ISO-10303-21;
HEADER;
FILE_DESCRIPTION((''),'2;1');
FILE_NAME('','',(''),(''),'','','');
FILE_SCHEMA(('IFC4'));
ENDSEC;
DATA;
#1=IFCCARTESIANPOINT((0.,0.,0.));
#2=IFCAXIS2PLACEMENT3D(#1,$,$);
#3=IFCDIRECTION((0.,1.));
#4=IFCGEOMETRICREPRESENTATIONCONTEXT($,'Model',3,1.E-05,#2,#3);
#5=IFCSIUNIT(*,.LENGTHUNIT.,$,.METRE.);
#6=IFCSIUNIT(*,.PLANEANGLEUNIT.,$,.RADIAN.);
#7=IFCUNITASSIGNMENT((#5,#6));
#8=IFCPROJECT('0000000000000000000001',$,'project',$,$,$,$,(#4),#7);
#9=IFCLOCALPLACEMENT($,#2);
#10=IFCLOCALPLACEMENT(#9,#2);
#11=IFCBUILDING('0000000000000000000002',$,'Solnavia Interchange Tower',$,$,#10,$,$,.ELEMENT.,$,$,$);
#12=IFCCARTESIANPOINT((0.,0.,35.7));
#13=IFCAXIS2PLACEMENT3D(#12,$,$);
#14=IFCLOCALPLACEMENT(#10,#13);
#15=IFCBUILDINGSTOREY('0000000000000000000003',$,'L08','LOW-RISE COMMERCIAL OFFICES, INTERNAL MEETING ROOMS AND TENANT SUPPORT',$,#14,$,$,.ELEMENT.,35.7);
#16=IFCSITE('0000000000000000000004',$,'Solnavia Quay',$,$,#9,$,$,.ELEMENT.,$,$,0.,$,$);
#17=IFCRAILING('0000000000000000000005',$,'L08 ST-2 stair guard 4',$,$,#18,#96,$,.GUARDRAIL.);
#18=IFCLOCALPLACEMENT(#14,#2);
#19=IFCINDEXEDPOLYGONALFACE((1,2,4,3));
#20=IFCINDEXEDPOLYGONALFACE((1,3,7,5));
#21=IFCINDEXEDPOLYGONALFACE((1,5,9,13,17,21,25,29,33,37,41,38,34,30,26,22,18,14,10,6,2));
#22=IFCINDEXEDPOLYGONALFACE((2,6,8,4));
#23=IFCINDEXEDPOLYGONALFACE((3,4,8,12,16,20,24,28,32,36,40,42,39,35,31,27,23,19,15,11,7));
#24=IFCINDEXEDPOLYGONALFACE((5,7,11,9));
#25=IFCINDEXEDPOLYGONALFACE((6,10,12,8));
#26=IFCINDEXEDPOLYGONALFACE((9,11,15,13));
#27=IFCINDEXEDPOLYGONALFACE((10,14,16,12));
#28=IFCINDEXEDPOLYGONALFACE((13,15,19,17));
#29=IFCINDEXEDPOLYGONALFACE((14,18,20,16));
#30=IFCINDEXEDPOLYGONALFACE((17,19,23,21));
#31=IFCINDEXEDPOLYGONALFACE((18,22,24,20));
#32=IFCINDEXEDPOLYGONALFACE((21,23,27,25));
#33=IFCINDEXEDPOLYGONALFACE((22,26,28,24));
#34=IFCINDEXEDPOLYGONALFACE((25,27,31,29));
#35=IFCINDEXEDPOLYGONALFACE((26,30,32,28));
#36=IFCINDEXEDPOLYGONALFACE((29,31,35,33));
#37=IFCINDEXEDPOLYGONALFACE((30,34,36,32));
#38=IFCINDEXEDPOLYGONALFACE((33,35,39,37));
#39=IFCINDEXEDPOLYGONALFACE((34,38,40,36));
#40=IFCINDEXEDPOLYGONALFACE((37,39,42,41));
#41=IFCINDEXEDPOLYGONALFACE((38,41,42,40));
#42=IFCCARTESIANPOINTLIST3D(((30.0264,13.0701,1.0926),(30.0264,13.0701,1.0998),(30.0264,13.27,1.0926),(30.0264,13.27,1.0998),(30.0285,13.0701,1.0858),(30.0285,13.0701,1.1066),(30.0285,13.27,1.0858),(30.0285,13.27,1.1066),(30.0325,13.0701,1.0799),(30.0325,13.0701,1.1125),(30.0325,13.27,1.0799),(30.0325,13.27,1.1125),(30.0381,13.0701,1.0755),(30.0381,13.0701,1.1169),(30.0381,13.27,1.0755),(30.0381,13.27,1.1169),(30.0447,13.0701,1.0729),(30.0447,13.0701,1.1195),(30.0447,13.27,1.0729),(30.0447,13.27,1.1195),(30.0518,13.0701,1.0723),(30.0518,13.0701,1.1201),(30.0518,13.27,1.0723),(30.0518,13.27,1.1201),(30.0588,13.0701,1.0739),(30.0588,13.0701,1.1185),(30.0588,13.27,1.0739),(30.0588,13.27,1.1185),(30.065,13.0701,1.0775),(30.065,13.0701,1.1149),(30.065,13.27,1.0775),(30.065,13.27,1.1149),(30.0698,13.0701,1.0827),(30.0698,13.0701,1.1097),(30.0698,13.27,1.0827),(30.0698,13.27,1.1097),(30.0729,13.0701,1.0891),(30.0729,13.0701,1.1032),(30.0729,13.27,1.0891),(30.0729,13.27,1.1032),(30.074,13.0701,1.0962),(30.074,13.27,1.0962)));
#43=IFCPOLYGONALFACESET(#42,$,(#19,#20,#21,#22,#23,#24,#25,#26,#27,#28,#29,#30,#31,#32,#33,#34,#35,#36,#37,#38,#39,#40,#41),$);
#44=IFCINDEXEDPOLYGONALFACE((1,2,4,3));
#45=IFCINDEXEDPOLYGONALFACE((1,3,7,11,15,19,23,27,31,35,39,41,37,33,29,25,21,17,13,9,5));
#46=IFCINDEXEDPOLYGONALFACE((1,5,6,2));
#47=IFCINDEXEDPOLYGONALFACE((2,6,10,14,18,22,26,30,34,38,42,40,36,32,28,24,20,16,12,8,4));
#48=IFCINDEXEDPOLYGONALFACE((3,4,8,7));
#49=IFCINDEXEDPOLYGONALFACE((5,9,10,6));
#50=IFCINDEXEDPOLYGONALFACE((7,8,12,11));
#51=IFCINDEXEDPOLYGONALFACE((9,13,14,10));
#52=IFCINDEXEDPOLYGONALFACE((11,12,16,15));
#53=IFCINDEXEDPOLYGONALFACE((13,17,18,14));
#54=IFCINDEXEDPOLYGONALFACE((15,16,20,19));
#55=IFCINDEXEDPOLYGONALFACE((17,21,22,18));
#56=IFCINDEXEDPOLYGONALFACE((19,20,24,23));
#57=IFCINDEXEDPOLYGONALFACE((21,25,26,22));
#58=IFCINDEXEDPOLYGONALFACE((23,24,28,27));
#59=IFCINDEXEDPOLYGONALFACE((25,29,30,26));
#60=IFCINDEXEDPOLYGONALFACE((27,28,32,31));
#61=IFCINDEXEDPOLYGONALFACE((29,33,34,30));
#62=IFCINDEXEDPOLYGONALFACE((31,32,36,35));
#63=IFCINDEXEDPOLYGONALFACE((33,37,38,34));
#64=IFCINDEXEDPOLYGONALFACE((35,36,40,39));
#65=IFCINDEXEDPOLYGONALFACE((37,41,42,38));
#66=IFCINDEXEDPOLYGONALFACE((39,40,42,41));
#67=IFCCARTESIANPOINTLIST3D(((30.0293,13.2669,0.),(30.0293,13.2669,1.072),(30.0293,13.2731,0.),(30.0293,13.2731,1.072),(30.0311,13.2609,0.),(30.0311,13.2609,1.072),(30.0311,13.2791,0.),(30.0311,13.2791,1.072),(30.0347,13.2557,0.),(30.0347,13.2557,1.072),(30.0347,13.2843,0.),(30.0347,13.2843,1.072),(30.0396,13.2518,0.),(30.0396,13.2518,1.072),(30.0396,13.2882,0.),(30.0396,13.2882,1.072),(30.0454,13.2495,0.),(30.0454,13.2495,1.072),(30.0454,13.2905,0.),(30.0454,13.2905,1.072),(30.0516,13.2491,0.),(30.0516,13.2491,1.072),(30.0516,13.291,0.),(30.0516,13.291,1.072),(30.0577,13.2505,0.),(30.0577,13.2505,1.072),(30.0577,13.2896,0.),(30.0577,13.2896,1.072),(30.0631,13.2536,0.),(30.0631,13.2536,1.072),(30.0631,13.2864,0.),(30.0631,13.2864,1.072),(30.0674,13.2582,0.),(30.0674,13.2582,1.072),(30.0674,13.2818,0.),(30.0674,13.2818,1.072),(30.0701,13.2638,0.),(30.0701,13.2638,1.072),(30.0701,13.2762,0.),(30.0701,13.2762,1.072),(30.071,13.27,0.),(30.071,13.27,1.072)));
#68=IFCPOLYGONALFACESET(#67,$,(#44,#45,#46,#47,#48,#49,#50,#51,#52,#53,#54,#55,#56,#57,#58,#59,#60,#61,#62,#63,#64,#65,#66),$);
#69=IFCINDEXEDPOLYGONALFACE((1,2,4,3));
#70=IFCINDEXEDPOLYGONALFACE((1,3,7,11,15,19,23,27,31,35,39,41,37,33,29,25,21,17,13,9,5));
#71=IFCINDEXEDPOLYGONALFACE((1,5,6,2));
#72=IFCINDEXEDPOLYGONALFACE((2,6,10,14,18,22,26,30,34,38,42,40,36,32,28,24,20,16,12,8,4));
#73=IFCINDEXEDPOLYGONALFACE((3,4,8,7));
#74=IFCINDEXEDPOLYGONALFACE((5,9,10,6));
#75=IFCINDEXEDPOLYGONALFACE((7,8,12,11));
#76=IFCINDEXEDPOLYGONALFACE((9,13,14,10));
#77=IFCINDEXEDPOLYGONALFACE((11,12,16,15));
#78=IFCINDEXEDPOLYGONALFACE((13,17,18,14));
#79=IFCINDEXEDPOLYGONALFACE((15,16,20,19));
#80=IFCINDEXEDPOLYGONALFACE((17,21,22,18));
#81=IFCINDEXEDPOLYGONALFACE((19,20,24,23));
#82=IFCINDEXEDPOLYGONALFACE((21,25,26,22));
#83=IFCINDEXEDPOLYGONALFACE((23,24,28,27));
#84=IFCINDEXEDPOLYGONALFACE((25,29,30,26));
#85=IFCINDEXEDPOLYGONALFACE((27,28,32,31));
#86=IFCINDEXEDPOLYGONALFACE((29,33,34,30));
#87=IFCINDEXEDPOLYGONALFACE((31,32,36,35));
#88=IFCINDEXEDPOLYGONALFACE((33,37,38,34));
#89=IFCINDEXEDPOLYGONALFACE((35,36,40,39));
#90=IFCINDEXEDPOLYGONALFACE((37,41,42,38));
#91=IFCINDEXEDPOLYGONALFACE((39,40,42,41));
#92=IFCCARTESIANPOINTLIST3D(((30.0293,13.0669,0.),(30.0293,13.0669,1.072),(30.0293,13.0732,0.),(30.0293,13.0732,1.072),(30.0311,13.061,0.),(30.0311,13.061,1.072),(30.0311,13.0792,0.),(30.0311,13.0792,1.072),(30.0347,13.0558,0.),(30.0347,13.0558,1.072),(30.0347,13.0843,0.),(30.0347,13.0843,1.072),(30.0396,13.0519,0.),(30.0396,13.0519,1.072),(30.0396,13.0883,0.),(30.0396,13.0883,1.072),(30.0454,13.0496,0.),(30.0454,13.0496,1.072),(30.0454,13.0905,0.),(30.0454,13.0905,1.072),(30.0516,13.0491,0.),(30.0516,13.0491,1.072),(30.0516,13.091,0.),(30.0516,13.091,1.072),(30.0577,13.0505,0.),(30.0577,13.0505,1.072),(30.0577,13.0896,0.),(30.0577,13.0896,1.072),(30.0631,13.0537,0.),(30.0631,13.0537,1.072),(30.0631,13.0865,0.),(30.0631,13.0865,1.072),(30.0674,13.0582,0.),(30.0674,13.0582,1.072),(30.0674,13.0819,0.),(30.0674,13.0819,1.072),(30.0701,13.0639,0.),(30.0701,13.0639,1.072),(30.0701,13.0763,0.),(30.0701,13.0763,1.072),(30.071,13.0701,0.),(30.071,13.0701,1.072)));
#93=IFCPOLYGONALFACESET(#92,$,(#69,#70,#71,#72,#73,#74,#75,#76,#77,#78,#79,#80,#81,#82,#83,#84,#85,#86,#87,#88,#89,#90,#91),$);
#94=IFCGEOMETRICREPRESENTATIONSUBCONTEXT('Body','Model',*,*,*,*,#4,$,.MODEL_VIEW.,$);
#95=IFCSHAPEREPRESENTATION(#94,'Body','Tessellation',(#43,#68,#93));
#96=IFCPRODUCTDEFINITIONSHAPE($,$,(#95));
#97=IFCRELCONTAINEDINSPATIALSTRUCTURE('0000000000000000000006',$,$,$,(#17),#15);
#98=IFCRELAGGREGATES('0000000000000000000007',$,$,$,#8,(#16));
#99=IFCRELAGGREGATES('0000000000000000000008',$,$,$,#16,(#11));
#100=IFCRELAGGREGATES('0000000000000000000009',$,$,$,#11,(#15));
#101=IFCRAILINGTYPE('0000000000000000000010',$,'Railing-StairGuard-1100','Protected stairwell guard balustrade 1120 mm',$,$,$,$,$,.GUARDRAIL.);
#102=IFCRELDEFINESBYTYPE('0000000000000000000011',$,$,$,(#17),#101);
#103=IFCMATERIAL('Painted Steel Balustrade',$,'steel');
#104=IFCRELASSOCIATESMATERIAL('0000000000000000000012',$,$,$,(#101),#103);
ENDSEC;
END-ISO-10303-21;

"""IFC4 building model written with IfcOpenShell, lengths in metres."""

from ifc_helpers import new_model, si_unit, direction, frame, origin, origin_2d, place, context, subcontext, project, spatial, circle, extrude, material, type_object, element, save


model = new_model("IFC4")

# Units and contexts
model_context = context("Model", 3, precision=1e-05, world=origin(), true_north=direction((0.0, 1.0)))
body_context = subcontext(model_context, "Body", "Model", "MODEL_VIEW")
ifc_project = project(units=[si_unit("LENGTHUNIT", "METRE"), si_unit("PLANEANGLEUNIT", "RADIAN")], contexts=[model_context])

# Site, building, storey
site_placement = place(None, origin())
site = spatial("IfcSite", under=ifc_project, at=site_placement, Name="Solnavia Quay", CompositionType="ELEMENT", RefElevation=0.0)
building_placement = place(site_placement, origin())
building = spatial("IfcBuilding", under=site, at=building_placement, Name="Solnavia Interchange Tower", CompositionType="ELEMENT")
storey_placement = place(building_placement, frame((0.0, 0.0, 35.7)))
storey = spatial("IfcBuildingStorey", under=building, at=storey_placement, Name="L08", Description="LOW-RISE COMMERCIAL OFFICES, INTERNAL MEETING ROOMS AND TENANT SUPPORT", CompositionType="ELEMENT", Elevation=35.7)

# Railing
ifc_material_1 = material(Name="Painted Steel Balustrade", Category="steel")
railing_type_1 = type_object("IfcRailingType", Name="Railing-StairGuard-1100", Description="Protected stairwell guard balustrade 1120 mm", PredefinedType="GUARDRAIL", material=ifc_material_1)
railing_1_placement = place(storey_placement, frame((30.05, 13.27, 0.0)))
element("IfcRailing", 1, at=railing_1_placement, inside=storey, type_object=railing_type_1, Name="L08 ST-2 stair guard 4", PredefinedType="GUARDRAIL", context=body_context, shape_type="SweptSolid", body=[
    extrude(circle(Radius=0.0239, at=origin_2d()), frame((0.0, 0.0, 1.0962), z_axis=(0.0, -1.0, 0.0), x_axis=(1.0, 0.0, 0.0)), (0.0, 0.0, 1.0), 0.2),
    extrude(circle(Radius=0.021, at=origin_2d()), origin(), (0.0, 0.0, 1.0), 1.072),
    extrude(circle(Radius=0.021, at=origin_2d()), frame((0.0, -0.2, 0.0)), (0.0, 0.0, 1.0), 1.072),
])

save(model, "model.ifc")
